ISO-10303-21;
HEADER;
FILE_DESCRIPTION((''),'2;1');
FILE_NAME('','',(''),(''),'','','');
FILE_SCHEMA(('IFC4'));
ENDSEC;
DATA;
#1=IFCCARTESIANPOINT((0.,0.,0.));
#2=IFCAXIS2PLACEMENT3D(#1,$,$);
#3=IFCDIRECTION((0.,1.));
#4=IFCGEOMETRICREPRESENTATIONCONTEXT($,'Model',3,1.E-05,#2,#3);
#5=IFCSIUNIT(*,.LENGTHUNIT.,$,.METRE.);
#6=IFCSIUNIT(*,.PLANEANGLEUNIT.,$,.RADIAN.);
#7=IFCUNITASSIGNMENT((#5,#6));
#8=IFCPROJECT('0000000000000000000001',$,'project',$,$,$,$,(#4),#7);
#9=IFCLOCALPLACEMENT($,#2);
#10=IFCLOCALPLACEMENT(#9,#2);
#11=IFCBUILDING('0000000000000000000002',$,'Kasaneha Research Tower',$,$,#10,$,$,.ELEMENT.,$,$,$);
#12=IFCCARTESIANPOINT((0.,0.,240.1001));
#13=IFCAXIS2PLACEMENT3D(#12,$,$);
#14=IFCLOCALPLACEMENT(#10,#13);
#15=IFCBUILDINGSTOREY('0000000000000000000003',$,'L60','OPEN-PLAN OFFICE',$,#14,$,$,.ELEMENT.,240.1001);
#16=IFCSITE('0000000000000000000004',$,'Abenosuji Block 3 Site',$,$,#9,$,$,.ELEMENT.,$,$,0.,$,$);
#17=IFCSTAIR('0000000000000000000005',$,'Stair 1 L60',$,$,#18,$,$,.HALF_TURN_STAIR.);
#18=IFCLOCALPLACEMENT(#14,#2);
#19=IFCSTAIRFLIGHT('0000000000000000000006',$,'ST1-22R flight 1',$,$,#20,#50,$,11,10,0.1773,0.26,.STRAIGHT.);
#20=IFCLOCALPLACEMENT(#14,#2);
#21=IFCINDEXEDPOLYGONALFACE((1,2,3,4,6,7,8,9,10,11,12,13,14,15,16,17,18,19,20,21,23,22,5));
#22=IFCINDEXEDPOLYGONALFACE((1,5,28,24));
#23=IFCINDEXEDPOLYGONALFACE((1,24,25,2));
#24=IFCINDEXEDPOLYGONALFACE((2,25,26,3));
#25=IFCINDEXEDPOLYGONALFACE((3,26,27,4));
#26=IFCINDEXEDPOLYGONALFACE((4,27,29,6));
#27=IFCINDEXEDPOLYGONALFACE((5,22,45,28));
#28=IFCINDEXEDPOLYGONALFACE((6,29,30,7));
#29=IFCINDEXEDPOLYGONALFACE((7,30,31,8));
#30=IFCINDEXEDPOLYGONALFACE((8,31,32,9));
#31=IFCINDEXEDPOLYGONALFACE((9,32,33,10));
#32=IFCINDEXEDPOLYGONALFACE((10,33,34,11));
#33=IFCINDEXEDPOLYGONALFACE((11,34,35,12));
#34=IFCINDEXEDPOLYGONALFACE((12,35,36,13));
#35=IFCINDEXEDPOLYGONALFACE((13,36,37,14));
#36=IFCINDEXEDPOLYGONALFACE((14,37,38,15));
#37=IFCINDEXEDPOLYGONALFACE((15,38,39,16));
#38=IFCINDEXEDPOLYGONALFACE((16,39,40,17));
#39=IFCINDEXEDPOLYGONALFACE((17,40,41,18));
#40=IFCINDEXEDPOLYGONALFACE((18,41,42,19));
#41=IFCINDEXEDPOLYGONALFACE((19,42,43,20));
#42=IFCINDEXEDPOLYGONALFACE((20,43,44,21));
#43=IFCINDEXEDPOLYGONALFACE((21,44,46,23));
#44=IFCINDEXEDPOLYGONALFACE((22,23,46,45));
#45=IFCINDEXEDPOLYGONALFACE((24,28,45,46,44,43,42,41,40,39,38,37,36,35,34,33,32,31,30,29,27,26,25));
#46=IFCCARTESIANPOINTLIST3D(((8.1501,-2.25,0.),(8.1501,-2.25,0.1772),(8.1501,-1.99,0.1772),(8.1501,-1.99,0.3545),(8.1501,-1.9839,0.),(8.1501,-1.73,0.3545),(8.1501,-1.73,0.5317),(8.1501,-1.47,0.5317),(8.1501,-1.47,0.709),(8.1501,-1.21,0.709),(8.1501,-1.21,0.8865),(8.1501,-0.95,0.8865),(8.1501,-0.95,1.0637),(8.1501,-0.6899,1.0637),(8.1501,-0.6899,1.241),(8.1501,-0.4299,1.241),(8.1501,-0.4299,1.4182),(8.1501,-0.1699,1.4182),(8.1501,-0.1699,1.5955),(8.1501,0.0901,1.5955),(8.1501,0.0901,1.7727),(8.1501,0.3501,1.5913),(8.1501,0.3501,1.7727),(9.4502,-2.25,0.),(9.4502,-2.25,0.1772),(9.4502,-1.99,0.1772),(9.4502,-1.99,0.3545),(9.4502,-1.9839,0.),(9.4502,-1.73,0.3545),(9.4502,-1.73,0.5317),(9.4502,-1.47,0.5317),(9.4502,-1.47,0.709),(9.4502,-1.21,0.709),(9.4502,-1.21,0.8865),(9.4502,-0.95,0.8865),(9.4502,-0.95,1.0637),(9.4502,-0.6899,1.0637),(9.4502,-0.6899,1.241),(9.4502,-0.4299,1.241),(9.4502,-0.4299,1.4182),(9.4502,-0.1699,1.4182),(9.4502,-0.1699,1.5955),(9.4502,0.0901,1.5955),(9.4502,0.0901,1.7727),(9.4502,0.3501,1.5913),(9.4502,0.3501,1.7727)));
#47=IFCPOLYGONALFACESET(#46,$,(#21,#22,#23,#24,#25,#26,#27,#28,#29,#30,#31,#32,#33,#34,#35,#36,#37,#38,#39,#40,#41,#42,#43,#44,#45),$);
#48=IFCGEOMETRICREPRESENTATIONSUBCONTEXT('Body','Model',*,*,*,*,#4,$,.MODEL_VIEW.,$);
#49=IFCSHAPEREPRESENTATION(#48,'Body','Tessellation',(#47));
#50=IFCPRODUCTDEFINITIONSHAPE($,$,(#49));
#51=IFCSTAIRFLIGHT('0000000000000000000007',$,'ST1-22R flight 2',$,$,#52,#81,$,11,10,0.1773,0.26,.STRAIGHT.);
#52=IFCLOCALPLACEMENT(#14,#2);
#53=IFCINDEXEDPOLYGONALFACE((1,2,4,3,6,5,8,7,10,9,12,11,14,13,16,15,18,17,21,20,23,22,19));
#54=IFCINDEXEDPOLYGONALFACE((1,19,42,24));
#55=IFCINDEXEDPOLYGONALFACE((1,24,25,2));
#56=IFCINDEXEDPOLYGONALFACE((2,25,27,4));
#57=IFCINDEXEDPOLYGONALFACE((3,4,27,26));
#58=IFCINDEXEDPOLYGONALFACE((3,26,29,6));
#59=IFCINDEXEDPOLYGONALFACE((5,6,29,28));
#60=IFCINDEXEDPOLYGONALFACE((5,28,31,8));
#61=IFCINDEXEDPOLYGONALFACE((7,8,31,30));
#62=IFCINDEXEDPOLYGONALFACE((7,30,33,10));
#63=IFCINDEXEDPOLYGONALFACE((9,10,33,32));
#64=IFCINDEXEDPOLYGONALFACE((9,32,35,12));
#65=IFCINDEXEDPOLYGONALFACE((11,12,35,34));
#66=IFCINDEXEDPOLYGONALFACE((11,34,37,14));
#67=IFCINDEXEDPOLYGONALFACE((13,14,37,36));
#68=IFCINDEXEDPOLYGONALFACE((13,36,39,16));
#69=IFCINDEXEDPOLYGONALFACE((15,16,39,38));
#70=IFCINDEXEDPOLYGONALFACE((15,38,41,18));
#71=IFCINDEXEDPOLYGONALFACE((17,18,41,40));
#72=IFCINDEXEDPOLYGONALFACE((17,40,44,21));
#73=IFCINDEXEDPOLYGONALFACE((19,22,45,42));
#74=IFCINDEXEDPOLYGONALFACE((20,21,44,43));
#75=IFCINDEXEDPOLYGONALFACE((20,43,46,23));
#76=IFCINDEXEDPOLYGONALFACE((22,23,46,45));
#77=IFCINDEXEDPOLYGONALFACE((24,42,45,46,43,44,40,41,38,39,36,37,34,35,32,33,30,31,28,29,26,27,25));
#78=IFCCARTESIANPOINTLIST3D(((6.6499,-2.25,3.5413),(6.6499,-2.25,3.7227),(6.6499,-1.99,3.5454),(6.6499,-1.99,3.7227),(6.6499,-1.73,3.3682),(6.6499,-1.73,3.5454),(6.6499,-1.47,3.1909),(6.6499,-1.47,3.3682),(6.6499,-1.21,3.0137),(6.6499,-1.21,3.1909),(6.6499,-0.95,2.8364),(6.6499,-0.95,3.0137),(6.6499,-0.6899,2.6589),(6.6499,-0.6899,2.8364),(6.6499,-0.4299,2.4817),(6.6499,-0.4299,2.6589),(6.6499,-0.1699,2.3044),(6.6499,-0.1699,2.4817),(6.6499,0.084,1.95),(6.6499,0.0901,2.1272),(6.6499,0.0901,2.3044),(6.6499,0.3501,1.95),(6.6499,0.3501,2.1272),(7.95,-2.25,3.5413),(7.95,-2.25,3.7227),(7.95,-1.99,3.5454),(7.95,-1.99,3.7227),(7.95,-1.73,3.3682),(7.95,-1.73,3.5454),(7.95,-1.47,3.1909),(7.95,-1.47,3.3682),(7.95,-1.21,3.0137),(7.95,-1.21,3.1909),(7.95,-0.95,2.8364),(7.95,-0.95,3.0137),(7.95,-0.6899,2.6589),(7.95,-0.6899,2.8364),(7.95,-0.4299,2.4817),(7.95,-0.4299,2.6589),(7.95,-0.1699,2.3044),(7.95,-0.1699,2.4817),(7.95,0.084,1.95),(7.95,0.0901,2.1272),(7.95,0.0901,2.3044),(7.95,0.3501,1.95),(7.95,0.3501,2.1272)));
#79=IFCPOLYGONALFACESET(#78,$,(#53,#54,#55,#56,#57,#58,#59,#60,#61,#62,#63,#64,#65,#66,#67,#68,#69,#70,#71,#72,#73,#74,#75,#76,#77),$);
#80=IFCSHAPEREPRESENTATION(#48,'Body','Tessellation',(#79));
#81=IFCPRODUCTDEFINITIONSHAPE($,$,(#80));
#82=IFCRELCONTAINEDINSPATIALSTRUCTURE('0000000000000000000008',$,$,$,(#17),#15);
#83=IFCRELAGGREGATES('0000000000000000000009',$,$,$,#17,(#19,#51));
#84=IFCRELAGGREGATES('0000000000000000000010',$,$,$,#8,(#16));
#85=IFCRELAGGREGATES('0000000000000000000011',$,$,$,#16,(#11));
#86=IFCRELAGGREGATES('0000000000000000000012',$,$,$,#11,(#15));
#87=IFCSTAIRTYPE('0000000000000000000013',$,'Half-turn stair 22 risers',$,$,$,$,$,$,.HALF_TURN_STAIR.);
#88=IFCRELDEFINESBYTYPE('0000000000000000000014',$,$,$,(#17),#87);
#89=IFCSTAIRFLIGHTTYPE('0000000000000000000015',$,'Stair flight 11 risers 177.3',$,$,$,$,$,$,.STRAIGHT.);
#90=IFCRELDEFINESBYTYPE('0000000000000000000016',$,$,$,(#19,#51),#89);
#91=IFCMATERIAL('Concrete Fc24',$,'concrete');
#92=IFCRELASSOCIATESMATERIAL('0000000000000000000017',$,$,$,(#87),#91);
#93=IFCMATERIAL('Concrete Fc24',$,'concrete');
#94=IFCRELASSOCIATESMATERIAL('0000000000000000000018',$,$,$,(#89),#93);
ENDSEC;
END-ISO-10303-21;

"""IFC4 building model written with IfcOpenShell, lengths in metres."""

from ifc_helpers import new_model, si_unit, direction, frame, origin, place, context, subcontext, project, spatial, polyline, outline, extrude, material, type_object, element, aggregate, save


model = new_model("IFC4")

# Units and contexts
model_context = context("Model", 3, precision=1e-05, world=origin(), true_north=direction((0.0, 1.0)))
body_context = subcontext(model_context, "Body", "Model", "MODEL_VIEW")
ifc_project = project(units=[si_unit("LENGTHUNIT", "METRE"), si_unit("PLANEANGLEUNIT", "RADIAN")], contexts=[model_context])

# Site, building, storey
site_placement = place(None, origin())
site = spatial("IfcSite", under=ifc_project, at=site_placement, Name="Abenosuji Block 3 Site", CompositionType="ELEMENT", RefElevation=0.0)
building_placement = place(site_placement, origin())
building = spatial("IfcBuilding", under=site, at=building_placement, Name="Kasaneha Research Tower", CompositionType="ELEMENT")
storey_placement = place(building_placement, frame((0.0, 0.0, 240.1001)))
storey = spatial("IfcBuildingStorey", under=building, at=storey_placement, Name="L60", Description="OPEN-PLAN OFFICE", CompositionType="ELEMENT", Elevation=240.1001)

# Stair, stair flights
ifc_material_1 = material(Name="Concrete Fc24", Category="concrete")
stair_type = type_object("IfcStairType", Name="Half-turn stair 22 risers", PredefinedType="HALF_TURN_STAIR", material=ifc_material_1)
stair_placement = place(storey_placement, origin())
stair = element("IfcStair", 1, at=stair_placement, inside=storey, type_object=stair_type, Name="Stair 1 L60", PredefinedType="HALF_TURN_STAIR")
ifc_material_2 = material(Name="Concrete Fc24", Category="concrete")
stair_flight_type = type_object("IfcStairFlightType", Name="Stair flight 11 risers 177.3", PredefinedType="STRAIGHT", material=ifc_material_2)
stair_flight_1_placement = place(storey_placement, frame((8.8, -2.25, 0.0), z_axis=(0.0, 0.0, 1.0), x_axis=(0.0, 1.0, 0.0)))
stair_flight_1 = element("IfcStairFlight", 2, at=stair_flight_1_placement, type_object=stair_flight_type, Name="ST1-22R flight 1", NumberOfRisers=11, NumberOfTreads=10, PredefinedType="STRAIGHT", RiserHeight=0.1773, TreadLength=0.26, context=body_context, shape_type="SweptSolid", body=[
    extrude(outline(polyline([(0.0, 0.0), (0.0, 0.1772), (0.26, 0.1772), (0.26, 0.3545), (0.52, 0.3545), (0.52, 0.5317), (0.78, 0.5317), (0.78, 0.709), (1.04, 0.709), (1.04, 0.8865), (1.3, 0.8865), (1.3, 1.0637), (1.5601, 1.0637), (1.5601, 1.241), (1.8201, 1.241), (1.8201, 1.4182), (2.0801, 1.4182), (2.0801, 1.5955), (2.3401, 1.5955), (2.3401, 1.7727), (2.6001, 1.7727), (2.6001, 1.95), (2.6001, 1.5913), (0.2661, 0.0), (0.0, 0.0)])), frame((0.0, 0.6499, 0.0), z_axis=(0.0, -1.0, 0.0), x_axis=(1.0, 0.0, 0.0)), (0.0, 0.0, 1.0), 1.3),
])
stair_flight_2_placement = place(storey_placement, frame((7.3, 0.3501, 1.95), z_axis=(0.0, 0.0, 1.0), x_axis=(0.0, -1.0, 0.0)))
stair_flight_2 = element("IfcStairFlight", 3, at=stair_flight_2_placement, type_object=stair_flight_type, Name="ST1-22R flight 2", NumberOfRisers=11, NumberOfTreads=10, PredefinedType="STRAIGHT", RiserHeight=0.1773, TreadLength=0.26, context=body_context, shape_type="SweptSolid", body=[
    extrude(outline(polyline([(0.0, 0.0), (0.0, 0.1772), (0.26, 0.1772), (0.26, 0.3545), (0.52, 0.3545), (0.52, 0.5317), (0.78, 0.5317), (0.78, 0.709), (1.04, 0.709), (1.04, 0.8865), (1.3, 0.8865), (1.3, 1.0637), (1.5601, 1.0637), (1.5601, 1.241), (1.8201, 1.241), (1.8201, 1.4182), (2.0801, 1.4182), (2.0801, 1.5955), (2.3401, 1.5955), (2.3401, 1.7727), (2.6001, 1.7727), (2.6001, 1.95), (2.6001, 1.5913), (0.2661, 0.0), (0.0, 0.0)])), frame((0.0, 0.6499, 0.0), z_axis=(0.0, -1.0, 0.0), x_axis=(1.0, 0.0, 0.0)), (0.0, 0.0, 1.0), 1.3),
])
aggregate(stair, [stair_flight_1, stair_flight_2])

save(model, "model.ifc")
